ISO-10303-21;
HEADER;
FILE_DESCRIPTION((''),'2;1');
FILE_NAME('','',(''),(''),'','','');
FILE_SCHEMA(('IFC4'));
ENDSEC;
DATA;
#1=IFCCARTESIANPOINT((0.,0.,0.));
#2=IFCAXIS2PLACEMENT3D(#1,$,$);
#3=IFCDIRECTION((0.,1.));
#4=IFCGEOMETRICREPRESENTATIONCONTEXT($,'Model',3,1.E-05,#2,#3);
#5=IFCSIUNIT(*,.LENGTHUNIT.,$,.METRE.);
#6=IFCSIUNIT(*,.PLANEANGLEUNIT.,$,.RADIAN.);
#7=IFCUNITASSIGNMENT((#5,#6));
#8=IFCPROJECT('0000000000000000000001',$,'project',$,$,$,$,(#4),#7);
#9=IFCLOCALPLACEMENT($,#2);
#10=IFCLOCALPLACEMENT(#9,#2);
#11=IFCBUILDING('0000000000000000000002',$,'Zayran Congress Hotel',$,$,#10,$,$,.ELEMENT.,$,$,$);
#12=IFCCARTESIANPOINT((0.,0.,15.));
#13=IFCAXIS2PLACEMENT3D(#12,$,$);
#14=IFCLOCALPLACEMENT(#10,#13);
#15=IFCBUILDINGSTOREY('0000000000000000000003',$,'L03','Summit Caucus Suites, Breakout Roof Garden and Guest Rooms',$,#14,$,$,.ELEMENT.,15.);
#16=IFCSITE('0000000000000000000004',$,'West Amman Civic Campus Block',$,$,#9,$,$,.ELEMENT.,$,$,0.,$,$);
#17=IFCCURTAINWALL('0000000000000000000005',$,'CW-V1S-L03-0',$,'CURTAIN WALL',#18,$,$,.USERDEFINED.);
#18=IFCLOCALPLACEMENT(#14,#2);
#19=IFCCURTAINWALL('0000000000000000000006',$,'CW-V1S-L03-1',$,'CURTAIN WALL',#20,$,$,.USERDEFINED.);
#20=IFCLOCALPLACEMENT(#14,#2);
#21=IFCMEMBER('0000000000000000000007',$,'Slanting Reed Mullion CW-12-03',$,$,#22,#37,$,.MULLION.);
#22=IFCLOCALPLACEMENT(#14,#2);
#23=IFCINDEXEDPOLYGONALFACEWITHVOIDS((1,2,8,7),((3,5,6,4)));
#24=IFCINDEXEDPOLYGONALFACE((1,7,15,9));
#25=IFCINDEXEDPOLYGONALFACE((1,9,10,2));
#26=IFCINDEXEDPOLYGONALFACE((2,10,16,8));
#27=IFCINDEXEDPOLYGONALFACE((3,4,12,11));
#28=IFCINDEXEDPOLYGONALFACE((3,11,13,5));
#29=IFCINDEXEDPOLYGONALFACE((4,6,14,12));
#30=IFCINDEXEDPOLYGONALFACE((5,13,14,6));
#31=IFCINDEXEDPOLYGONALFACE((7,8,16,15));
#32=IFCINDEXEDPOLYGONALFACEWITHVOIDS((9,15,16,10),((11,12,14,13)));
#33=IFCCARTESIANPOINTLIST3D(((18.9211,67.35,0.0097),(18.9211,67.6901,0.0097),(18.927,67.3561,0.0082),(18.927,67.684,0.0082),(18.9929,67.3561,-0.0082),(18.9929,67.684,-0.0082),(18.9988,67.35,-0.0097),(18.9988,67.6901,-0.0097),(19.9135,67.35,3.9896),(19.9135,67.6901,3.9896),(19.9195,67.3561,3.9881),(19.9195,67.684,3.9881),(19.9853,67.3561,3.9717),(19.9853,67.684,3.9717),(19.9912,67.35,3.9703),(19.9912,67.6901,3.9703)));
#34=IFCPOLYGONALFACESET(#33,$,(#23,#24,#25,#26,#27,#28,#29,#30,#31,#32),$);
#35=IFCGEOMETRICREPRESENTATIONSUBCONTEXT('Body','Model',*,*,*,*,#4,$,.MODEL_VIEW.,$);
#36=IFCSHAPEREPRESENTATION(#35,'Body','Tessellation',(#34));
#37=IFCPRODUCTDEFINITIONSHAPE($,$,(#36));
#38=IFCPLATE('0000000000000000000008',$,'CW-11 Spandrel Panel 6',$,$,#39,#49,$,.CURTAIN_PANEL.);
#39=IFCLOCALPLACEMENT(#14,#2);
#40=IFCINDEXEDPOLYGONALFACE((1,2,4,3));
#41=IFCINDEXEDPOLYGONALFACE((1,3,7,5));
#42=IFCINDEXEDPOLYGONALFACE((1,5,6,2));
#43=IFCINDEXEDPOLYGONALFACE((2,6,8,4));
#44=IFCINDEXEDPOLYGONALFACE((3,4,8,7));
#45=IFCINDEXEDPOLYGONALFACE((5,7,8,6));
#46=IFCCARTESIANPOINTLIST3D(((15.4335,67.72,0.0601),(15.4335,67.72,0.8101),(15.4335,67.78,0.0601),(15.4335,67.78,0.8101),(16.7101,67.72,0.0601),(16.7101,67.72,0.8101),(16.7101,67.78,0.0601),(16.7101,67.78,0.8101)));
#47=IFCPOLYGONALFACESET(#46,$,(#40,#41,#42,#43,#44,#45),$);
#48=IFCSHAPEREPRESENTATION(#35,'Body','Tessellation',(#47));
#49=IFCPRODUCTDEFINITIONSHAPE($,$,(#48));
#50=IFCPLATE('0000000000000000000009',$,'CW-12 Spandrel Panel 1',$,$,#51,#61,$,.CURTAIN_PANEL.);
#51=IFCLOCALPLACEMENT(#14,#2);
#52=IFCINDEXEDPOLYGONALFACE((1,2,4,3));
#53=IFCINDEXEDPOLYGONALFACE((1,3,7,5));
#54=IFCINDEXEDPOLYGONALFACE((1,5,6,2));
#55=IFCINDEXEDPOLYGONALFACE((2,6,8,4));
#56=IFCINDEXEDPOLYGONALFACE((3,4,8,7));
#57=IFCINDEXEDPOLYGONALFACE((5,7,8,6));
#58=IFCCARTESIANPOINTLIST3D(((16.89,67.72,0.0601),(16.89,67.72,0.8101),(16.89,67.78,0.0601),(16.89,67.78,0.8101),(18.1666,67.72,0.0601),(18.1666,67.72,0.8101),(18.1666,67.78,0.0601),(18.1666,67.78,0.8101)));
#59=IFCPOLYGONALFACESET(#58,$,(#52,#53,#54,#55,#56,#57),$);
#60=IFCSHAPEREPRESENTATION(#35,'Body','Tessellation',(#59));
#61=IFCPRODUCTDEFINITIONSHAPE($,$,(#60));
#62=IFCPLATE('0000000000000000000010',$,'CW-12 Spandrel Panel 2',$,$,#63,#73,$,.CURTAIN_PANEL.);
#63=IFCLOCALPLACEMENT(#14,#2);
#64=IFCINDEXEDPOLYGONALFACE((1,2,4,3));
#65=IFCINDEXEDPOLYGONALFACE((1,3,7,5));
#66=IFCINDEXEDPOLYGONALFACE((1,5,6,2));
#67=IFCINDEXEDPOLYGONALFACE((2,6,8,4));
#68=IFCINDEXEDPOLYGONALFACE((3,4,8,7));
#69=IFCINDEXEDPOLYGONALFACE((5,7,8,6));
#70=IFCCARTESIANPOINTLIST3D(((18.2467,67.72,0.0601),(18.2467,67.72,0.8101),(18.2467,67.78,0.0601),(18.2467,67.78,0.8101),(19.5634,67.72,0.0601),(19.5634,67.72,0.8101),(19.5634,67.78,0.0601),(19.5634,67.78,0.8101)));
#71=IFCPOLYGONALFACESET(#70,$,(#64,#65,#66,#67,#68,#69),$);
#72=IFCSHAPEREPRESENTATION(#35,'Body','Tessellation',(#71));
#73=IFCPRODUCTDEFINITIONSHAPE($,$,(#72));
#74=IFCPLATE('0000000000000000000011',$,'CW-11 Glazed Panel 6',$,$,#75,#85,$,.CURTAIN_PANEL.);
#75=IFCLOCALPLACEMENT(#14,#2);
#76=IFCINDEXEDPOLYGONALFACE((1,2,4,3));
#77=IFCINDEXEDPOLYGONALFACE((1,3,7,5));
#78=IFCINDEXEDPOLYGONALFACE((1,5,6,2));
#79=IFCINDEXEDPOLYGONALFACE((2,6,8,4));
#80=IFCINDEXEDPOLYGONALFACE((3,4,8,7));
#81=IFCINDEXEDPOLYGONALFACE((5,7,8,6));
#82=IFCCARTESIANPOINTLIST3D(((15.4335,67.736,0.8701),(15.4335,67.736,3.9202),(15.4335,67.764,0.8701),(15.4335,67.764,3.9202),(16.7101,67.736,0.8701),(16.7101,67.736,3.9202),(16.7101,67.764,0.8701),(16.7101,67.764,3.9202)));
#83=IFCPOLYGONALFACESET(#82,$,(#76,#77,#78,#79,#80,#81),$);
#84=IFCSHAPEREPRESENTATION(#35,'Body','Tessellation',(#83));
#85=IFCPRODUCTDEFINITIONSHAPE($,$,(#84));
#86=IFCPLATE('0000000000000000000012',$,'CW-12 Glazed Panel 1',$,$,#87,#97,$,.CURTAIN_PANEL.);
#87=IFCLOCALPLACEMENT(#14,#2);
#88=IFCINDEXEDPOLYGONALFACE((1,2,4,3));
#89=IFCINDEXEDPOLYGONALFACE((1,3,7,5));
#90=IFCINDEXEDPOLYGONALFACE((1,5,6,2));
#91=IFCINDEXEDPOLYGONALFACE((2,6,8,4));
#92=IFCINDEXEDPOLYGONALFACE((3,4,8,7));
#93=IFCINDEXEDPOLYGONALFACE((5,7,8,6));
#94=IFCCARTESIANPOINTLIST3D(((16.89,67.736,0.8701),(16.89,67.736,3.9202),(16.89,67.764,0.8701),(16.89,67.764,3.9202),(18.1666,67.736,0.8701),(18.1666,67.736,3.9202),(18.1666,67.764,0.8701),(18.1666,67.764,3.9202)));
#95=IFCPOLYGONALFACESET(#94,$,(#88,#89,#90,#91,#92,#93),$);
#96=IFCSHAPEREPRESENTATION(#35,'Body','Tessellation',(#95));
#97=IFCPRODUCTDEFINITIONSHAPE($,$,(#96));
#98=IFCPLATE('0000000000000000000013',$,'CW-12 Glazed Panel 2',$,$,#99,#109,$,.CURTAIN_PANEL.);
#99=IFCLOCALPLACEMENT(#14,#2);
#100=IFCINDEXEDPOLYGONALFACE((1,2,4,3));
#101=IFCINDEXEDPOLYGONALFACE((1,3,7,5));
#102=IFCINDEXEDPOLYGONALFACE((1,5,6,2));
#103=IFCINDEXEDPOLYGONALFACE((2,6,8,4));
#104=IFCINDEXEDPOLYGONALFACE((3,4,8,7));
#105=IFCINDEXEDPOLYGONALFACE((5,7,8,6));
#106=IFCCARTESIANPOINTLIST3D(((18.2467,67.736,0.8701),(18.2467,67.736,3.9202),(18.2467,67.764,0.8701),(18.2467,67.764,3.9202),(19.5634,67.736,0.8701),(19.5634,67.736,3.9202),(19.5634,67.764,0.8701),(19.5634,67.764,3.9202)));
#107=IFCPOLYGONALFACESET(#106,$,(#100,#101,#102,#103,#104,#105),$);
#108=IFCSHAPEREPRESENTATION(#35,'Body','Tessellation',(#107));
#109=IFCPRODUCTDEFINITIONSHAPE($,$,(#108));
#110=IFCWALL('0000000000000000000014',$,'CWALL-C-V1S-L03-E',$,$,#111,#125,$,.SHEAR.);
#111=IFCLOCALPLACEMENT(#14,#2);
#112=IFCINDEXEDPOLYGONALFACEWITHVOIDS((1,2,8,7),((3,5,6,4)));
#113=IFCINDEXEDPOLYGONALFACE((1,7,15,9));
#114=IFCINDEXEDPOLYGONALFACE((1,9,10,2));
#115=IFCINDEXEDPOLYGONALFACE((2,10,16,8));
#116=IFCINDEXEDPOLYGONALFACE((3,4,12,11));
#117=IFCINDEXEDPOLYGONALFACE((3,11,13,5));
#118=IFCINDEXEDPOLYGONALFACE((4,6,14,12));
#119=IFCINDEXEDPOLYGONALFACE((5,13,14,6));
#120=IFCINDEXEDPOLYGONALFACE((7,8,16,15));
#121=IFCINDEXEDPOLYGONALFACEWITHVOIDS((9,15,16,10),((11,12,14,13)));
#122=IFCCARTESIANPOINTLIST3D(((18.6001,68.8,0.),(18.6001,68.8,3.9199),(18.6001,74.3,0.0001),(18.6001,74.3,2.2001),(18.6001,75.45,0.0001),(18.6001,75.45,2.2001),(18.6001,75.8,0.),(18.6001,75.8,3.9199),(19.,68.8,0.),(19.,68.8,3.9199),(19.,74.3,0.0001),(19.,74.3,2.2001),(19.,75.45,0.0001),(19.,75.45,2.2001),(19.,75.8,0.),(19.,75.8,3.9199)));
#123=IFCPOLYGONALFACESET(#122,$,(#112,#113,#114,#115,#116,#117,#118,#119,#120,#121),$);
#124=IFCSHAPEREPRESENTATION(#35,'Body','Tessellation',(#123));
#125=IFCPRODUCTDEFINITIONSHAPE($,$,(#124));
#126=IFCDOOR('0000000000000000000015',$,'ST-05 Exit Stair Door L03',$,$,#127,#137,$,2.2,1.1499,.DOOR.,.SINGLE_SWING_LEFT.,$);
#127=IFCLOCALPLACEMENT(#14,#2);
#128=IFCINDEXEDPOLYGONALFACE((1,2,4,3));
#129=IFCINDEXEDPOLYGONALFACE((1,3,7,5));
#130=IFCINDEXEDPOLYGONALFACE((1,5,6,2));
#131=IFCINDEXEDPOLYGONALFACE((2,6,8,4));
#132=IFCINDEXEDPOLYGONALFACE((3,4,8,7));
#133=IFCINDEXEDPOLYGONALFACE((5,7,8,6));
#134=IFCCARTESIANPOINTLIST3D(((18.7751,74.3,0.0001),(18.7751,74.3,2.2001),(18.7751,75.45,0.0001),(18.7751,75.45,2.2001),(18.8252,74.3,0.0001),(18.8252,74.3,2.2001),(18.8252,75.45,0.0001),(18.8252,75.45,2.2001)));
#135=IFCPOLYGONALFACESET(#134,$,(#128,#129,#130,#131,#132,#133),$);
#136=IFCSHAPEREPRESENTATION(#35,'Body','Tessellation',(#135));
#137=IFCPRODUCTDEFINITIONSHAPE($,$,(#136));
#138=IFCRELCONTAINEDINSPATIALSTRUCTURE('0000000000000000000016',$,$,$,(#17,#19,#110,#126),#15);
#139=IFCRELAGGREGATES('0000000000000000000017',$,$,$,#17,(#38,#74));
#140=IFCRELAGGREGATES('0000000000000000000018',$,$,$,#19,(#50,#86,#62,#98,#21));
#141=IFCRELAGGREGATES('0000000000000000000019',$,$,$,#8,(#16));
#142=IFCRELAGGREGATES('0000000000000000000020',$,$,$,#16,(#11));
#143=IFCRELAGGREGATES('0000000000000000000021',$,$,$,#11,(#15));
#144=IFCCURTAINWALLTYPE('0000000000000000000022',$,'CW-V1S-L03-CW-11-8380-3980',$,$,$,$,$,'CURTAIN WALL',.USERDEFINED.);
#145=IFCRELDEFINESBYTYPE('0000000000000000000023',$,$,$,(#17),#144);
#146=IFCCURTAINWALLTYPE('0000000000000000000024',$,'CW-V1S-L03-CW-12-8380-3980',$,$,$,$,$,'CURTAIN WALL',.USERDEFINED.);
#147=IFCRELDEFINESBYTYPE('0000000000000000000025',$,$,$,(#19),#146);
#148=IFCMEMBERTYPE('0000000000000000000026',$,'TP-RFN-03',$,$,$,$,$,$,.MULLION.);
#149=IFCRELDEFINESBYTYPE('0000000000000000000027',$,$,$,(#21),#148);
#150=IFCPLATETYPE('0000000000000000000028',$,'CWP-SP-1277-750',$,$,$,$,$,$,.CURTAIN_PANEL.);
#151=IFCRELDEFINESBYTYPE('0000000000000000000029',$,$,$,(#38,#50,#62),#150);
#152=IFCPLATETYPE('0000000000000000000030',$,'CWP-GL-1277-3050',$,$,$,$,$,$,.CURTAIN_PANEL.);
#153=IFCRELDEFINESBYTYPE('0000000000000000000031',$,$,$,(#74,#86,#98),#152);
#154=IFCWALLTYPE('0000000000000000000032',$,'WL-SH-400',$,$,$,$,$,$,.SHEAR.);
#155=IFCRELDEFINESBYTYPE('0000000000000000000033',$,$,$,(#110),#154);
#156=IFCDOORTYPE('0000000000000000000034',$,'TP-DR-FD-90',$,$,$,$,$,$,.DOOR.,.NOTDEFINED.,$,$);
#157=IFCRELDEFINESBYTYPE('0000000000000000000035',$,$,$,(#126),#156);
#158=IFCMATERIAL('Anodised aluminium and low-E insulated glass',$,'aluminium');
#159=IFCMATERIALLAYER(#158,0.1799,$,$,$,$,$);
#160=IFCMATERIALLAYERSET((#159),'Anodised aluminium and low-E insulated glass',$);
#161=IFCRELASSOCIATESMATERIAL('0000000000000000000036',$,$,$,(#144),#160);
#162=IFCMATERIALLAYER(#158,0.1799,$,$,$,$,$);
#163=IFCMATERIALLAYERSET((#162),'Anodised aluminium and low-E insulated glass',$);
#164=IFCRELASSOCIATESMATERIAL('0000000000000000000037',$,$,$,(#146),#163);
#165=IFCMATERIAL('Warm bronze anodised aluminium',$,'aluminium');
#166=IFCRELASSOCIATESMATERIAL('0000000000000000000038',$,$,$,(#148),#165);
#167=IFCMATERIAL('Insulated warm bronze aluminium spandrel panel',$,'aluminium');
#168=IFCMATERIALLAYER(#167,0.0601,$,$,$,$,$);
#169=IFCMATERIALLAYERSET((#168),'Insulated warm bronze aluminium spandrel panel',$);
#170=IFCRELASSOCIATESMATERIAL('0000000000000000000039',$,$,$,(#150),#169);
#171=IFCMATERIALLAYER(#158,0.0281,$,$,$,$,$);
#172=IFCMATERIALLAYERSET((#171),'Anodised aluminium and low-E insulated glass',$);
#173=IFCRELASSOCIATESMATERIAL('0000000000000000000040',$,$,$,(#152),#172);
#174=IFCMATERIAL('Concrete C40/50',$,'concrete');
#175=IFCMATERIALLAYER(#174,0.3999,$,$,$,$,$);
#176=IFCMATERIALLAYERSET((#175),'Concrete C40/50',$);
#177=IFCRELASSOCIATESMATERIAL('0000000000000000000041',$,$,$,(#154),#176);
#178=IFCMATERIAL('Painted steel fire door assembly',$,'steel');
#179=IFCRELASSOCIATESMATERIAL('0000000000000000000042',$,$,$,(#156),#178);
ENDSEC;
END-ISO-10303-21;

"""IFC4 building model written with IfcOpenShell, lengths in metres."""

from ifc_helpers import new_model, si_unit, direction, frame, frame_2d, origin, origin_2d, place, context, subcontext, project, spatial, rectangle, hollow_rectangle, extrude, material, layer, layer_set, material_profile, profile_set, type_object, element, fill, aggregate, save


model = new_model("IFC4")

# Units and contexts
model_context = context("Model", 3, precision=1e-05, world=origin(), true_north=direction((0.0, 1.0)))
body_context = subcontext(model_context, "Body", "Model", "MODEL_VIEW")
ifc_project = project(units=[si_unit("LENGTHUNIT", "METRE"), si_unit("PLANEANGLEUNIT", "RADIAN")], contexts=[model_context])

# Site, building, storey
site_placement = place(None, origin())
site = spatial("IfcSite", under=ifc_project, at=site_placement, Name="West Amman Civic Campus Block", CompositionType="ELEMENT", RefElevation=0.0)
building_placement = place(site_placement, origin())
building = spatial("IfcBuilding", under=site, at=building_placement, Name="Zayran Congress Hotel", CompositionType="ELEMENT")
storey_placement = place(building_placement, frame((0.0, 0.0, 15.0)))
storey = spatial("IfcBuildingStorey", under=building, at=storey_placement, Name="L03", Description="Summit Caucus Suites, Breakout Roof Garden and Guest Rooms", CompositionType="ELEMENT", Elevation=15.0)

# Curtain walls
ifc_material_1 = material(Name="Anodised aluminium and low-E insulated glass", Category="aluminium")
ifc_layer_1 = layer(ifc_material_1, 0.1799)
ifc_layer_set_1 = layer_set([ifc_layer_1], Name="Anodised aluminium and low-E insulated glass")
curtain_wall_type_1 = type_object("IfcCurtainWallType", Name="CW-V1S-L03-CW-11-8380-3980", ElementType="CURTAIN WALL", PredefinedType="USERDEFINED", material=ifc_layer_set_1)
curtain_wall_1_placement = place(storey_placement, origin())
curtain_wall_1 = element("IfcCurtainWall", 1, at=curtain_wall_1_placement, inside=storey, type_object=curtain_wall_type_1, Name="CW-V1S-L03-0", ObjectType="CURTAIN WALL", PredefinedType="USERDEFINED")
ifc_layer_2 = layer(ifc_material_1, 0.1799)
ifc_layer_set_2 = layer_set([ifc_layer_2], Name="Anodised aluminium and low-E insulated glass")
curtain_wall_type_2 = type_object("IfcCurtainWallType", Name="CW-V1S-L03-CW-12-8380-3980", ElementType="CURTAIN WALL", PredefinedType="USERDEFINED", material=ifc_layer_set_2)
curtain_wall_2_placement = place(storey_placement, origin())
curtain_wall_2 = element("IfcCurtainWall", 2, at=curtain_wall_2_placement, inside=storey, type_object=curtain_wall_type_2, Name="CW-V1S-L03-1", ObjectType="CURTAIN WALL", PredefinedType="USERDEFINED")

# Member
ifc_material_2 = material(Name="Warm bronze anodised aluminium", Category="aluminium")
ifc_material_profile_1 = material_profile(ifc_material_2, hollow_rectangle(XDim=0.0801, YDim=0.3401, WallThickness=0.0061, at=origin_2d()), Name="RHS 340x80x6")
ifc_profile_set_1 = profile_set([ifc_material_profile_1], Name="Warm bronze anodised aluminium")
member_type_1 = type_object("IfcMemberType", Name="TP-RFN-03", PredefinedType="MULLION", material=ifc_profile_set_1)
member_1_placement = place(storey_placement, frame((18.96, 67.52, 0.0), z_axis=(0.241947, 0.0, 0.970289), x_axis=(-0.970289, 0.0, 0.241947)))
member_1 = element("IfcMember", 3, at=member_1_placement, type_object=member_type_1, Name="Slanting Reed Mullion CW-12-03", PredefinedType="MULLION", context=body_context, shape_type="SweptSolid", body=[
    extrude(hollow_rectangle(XDim=0.0801, YDim=0.3401, WallThickness=0.0061, at=origin_2d()), origin(), (0.0, 0.0, 1.0), 4.1018),
])

# Plates
ifc_material_3 = material(Name="Insulated warm bronze aluminium spandrel panel", Category="aluminium")
ifc_layer_3 = layer(ifc_material_3, 0.0601)
ifc_layer_set_3 = layer_set([ifc_layer_3], Name="Insulated warm bronze aluminium spandrel panel")
plate_type_1 = type_object("IfcPlateType", Name="CWP-SP-1277-750", PredefinedType="CURTAIN_PANEL", material=ifc_layer_set_3)
plate_1_placement = place(storey_placement, frame((16.0718, 67.75, 0.0601), z_axis=(0.0, 0.0, 1.0), x_axis=(1.0, 0.0, 0.0)))
plate_1 = element("IfcPlate", 4, at=plate_1_placement, type_object=plate_type_1, Name="CW-11 Spandrel Panel 6", PredefinedType="CURTAIN_PANEL", context=body_context, shape_type="SweptSolid", body=[
    extrude(rectangle(XDim=1.2766, YDim=0.0601, at=origin_2d()), origin(), (0.0, 0.0, 1.0), 0.75),
])
plate_2_placement = place(storey_placement, frame((17.5283, 67.75, 0.0601), z_axis=(0.0, 0.0, 1.0), x_axis=(1.0, 0.0, 0.0)))
plate_2 = element("IfcPlate", 5, at=plate_2_placement, type_object=plate_type_1, Name="CW-12 Spandrel Panel 1", PredefinedType="CURTAIN_PANEL", context=body_context, shape_type="SweptSolid", body=[
    extrude(rectangle(XDim=1.2766, YDim=0.0601, at=origin_2d()), origin(), (0.0, 0.0, 1.0), 0.75),
])
plate_3_placement = place(storey_placement, frame((18.905, 67.75, 0.0601), z_axis=(0.0, 0.0, 1.0), x_axis=(1.0, 0.0, 0.0)))
plate_3 = element("IfcPlate", 6, at=plate_3_placement, type_object=plate_type_1, Name="CW-12 Spandrel Panel 2", PredefinedType="CURTAIN_PANEL", context=body_context, shape_type="SweptSolid", body=[
    extrude(rectangle(XDim=1.3167, YDim=0.0601, at=origin_2d()), origin(), (0.0, 0.0, 1.0), 0.75),
])
ifc_layer_4 = layer(ifc_material_1, 0.0281)
ifc_layer_set_4 = layer_set([ifc_layer_4], Name="Anodised aluminium and low-E insulated glass")
plate_type_2 = type_object("IfcPlateType", Name="CWP-GL-1277-3050", PredefinedType="CURTAIN_PANEL", material=ifc_layer_set_4)
plate_4_placement = place(storey_placement, frame((16.0718, 67.75, 0.8701), z_axis=(0.0, 0.0, 1.0), x_axis=(1.0, 0.0, 0.0)))
plate_4 = element("IfcPlate", 7, at=plate_4_placement, type_object=plate_type_2, Name="CW-11 Glazed Panel 6", PredefinedType="CURTAIN_PANEL", context=body_context, shape_type="SweptSolid", body=[
    extrude(rectangle(XDim=1.2766, YDim=0.0281, at=origin_2d()), origin(), (0.0, 0.0, 1.0), 3.05),
])
aggregate(curtain_wall_1, [plate_1, plate_4])
plate_5_placement = place(storey_placement, frame((17.5283, 67.75, 0.8701), z_axis=(0.0, 0.0, 1.0), x_axis=(1.0, 0.0, 0.0)))
plate_5 = element("IfcPlate", 8, at=plate_5_placement, type_object=plate_type_2, Name="CW-12 Glazed Panel 1", PredefinedType="CURTAIN_PANEL", context=body_context, shape_type="SweptSolid", body=[
    extrude(rectangle(XDim=1.2766, YDim=0.0281, at=origin_2d()), origin(), (0.0, 0.0, 1.0), 3.05),
])
plate_6_placement = place(storey_placement, frame((18.905, 67.75, 0.8701), z_axis=(0.0, 0.0, 1.0), x_axis=(1.0, 0.0, 0.0)))
plate_6 = element("IfcPlate", 9, at=plate_6_placement, type_object=plate_type_2, Name="CW-12 Glazed Panel 2", PredefinedType="CURTAIN_PANEL", context=body_context, shape_type="SweptSolid", body=[
    extrude(rectangle(XDim=1.3167, YDim=0.0281, at=origin_2d()), origin(), (0.0, 0.0, 1.0), 3.05),
])
aggregate(curtain_wall_2, [plate_2, plate_5, plate_3, plate_6, member_1])

# Wall, opening, door
ifc_material_4 = material(Name="Concrete C40/50", Category="concrete")
ifc_layer_5 = layer(ifc_material_4, 0.3999)
ifc_layer_set_5 = layer_set([ifc_layer_5], Name="Concrete C40/50")
wall_type = type_object("IfcWallType", Name="WL-SH-400", PredefinedType="SHEAR", material=ifc_layer_set_5)
wall_placement = place(storey_placement, frame((18.8, 68.8, 0.0), z_axis=(0.0, 0.0, 1.0), x_axis=(0.0, 1.0, 0.0)))
wall = element("IfcWall", 10, at=wall_placement, inside=storey, type_object=wall_type, Name="CWALL-C-V1S-L03-E", PredefinedType="SHEAR", context=body_context, shape_type="SweptSolid", body=[
    extrude(rectangle(XDim=7.0, YDim=0.3999, at=frame_2d((3.5, 0.0))), origin(), (0.0, 0.0, 1.0), 3.9199),
])
opening_placement = place(wall_placement, frame((5.5, 0.0, 0.0)))
opening = element("IfcOpeningElement", 11, at=opening_placement, cuts=wall, PredefinedType="OPENING", context=body_context, shape_type="SweptSolid", body=[
    extrude(rectangle(XDim=1.1499, YDim=2.2, at=frame_2d((0.575, 1.1001))), frame((0.0, 0.21, 0.0), z_axis=(0.0, -1.0, 0.0), x_axis=(1.0, 0.0, 0.0)), (0.0, 0.0, 1.0), 0.4199),
])
ifc_material_5 = material(Name="Painted steel fire door assembly", Category="steel")
door_type = type_object("IfcDoorType", Name="TP-DR-FD-90", OperationType="NOTDEFINED", PredefinedType="DOOR", material=ifc_material_5)
door_placement = place(opening_placement, origin())
door = element("IfcDoor", 12, at=door_placement, inside=storey, type_object=door_type, Name="ST-05 Exit Stair Door L03", OperationType="SINGLE_SWING_LEFT", OverallHeight=2.2, OverallWidth=1.1499, PredefinedType="DOOR", context=body_context, shape_type="SweptSolid", body=[
    extrude(rectangle(XDim=1.1499, YDim=2.2, at=frame_2d((0.575, 1.1001))), frame((0.0, 0.0249, 0.0), z_axis=(0.0, -1.0, 0.0), x_axis=(1.0, 0.0, 0.0)), (0.0, 0.0, 1.0), 0.05),
])
fill(opening, door)

save(model, "model.ifc")
